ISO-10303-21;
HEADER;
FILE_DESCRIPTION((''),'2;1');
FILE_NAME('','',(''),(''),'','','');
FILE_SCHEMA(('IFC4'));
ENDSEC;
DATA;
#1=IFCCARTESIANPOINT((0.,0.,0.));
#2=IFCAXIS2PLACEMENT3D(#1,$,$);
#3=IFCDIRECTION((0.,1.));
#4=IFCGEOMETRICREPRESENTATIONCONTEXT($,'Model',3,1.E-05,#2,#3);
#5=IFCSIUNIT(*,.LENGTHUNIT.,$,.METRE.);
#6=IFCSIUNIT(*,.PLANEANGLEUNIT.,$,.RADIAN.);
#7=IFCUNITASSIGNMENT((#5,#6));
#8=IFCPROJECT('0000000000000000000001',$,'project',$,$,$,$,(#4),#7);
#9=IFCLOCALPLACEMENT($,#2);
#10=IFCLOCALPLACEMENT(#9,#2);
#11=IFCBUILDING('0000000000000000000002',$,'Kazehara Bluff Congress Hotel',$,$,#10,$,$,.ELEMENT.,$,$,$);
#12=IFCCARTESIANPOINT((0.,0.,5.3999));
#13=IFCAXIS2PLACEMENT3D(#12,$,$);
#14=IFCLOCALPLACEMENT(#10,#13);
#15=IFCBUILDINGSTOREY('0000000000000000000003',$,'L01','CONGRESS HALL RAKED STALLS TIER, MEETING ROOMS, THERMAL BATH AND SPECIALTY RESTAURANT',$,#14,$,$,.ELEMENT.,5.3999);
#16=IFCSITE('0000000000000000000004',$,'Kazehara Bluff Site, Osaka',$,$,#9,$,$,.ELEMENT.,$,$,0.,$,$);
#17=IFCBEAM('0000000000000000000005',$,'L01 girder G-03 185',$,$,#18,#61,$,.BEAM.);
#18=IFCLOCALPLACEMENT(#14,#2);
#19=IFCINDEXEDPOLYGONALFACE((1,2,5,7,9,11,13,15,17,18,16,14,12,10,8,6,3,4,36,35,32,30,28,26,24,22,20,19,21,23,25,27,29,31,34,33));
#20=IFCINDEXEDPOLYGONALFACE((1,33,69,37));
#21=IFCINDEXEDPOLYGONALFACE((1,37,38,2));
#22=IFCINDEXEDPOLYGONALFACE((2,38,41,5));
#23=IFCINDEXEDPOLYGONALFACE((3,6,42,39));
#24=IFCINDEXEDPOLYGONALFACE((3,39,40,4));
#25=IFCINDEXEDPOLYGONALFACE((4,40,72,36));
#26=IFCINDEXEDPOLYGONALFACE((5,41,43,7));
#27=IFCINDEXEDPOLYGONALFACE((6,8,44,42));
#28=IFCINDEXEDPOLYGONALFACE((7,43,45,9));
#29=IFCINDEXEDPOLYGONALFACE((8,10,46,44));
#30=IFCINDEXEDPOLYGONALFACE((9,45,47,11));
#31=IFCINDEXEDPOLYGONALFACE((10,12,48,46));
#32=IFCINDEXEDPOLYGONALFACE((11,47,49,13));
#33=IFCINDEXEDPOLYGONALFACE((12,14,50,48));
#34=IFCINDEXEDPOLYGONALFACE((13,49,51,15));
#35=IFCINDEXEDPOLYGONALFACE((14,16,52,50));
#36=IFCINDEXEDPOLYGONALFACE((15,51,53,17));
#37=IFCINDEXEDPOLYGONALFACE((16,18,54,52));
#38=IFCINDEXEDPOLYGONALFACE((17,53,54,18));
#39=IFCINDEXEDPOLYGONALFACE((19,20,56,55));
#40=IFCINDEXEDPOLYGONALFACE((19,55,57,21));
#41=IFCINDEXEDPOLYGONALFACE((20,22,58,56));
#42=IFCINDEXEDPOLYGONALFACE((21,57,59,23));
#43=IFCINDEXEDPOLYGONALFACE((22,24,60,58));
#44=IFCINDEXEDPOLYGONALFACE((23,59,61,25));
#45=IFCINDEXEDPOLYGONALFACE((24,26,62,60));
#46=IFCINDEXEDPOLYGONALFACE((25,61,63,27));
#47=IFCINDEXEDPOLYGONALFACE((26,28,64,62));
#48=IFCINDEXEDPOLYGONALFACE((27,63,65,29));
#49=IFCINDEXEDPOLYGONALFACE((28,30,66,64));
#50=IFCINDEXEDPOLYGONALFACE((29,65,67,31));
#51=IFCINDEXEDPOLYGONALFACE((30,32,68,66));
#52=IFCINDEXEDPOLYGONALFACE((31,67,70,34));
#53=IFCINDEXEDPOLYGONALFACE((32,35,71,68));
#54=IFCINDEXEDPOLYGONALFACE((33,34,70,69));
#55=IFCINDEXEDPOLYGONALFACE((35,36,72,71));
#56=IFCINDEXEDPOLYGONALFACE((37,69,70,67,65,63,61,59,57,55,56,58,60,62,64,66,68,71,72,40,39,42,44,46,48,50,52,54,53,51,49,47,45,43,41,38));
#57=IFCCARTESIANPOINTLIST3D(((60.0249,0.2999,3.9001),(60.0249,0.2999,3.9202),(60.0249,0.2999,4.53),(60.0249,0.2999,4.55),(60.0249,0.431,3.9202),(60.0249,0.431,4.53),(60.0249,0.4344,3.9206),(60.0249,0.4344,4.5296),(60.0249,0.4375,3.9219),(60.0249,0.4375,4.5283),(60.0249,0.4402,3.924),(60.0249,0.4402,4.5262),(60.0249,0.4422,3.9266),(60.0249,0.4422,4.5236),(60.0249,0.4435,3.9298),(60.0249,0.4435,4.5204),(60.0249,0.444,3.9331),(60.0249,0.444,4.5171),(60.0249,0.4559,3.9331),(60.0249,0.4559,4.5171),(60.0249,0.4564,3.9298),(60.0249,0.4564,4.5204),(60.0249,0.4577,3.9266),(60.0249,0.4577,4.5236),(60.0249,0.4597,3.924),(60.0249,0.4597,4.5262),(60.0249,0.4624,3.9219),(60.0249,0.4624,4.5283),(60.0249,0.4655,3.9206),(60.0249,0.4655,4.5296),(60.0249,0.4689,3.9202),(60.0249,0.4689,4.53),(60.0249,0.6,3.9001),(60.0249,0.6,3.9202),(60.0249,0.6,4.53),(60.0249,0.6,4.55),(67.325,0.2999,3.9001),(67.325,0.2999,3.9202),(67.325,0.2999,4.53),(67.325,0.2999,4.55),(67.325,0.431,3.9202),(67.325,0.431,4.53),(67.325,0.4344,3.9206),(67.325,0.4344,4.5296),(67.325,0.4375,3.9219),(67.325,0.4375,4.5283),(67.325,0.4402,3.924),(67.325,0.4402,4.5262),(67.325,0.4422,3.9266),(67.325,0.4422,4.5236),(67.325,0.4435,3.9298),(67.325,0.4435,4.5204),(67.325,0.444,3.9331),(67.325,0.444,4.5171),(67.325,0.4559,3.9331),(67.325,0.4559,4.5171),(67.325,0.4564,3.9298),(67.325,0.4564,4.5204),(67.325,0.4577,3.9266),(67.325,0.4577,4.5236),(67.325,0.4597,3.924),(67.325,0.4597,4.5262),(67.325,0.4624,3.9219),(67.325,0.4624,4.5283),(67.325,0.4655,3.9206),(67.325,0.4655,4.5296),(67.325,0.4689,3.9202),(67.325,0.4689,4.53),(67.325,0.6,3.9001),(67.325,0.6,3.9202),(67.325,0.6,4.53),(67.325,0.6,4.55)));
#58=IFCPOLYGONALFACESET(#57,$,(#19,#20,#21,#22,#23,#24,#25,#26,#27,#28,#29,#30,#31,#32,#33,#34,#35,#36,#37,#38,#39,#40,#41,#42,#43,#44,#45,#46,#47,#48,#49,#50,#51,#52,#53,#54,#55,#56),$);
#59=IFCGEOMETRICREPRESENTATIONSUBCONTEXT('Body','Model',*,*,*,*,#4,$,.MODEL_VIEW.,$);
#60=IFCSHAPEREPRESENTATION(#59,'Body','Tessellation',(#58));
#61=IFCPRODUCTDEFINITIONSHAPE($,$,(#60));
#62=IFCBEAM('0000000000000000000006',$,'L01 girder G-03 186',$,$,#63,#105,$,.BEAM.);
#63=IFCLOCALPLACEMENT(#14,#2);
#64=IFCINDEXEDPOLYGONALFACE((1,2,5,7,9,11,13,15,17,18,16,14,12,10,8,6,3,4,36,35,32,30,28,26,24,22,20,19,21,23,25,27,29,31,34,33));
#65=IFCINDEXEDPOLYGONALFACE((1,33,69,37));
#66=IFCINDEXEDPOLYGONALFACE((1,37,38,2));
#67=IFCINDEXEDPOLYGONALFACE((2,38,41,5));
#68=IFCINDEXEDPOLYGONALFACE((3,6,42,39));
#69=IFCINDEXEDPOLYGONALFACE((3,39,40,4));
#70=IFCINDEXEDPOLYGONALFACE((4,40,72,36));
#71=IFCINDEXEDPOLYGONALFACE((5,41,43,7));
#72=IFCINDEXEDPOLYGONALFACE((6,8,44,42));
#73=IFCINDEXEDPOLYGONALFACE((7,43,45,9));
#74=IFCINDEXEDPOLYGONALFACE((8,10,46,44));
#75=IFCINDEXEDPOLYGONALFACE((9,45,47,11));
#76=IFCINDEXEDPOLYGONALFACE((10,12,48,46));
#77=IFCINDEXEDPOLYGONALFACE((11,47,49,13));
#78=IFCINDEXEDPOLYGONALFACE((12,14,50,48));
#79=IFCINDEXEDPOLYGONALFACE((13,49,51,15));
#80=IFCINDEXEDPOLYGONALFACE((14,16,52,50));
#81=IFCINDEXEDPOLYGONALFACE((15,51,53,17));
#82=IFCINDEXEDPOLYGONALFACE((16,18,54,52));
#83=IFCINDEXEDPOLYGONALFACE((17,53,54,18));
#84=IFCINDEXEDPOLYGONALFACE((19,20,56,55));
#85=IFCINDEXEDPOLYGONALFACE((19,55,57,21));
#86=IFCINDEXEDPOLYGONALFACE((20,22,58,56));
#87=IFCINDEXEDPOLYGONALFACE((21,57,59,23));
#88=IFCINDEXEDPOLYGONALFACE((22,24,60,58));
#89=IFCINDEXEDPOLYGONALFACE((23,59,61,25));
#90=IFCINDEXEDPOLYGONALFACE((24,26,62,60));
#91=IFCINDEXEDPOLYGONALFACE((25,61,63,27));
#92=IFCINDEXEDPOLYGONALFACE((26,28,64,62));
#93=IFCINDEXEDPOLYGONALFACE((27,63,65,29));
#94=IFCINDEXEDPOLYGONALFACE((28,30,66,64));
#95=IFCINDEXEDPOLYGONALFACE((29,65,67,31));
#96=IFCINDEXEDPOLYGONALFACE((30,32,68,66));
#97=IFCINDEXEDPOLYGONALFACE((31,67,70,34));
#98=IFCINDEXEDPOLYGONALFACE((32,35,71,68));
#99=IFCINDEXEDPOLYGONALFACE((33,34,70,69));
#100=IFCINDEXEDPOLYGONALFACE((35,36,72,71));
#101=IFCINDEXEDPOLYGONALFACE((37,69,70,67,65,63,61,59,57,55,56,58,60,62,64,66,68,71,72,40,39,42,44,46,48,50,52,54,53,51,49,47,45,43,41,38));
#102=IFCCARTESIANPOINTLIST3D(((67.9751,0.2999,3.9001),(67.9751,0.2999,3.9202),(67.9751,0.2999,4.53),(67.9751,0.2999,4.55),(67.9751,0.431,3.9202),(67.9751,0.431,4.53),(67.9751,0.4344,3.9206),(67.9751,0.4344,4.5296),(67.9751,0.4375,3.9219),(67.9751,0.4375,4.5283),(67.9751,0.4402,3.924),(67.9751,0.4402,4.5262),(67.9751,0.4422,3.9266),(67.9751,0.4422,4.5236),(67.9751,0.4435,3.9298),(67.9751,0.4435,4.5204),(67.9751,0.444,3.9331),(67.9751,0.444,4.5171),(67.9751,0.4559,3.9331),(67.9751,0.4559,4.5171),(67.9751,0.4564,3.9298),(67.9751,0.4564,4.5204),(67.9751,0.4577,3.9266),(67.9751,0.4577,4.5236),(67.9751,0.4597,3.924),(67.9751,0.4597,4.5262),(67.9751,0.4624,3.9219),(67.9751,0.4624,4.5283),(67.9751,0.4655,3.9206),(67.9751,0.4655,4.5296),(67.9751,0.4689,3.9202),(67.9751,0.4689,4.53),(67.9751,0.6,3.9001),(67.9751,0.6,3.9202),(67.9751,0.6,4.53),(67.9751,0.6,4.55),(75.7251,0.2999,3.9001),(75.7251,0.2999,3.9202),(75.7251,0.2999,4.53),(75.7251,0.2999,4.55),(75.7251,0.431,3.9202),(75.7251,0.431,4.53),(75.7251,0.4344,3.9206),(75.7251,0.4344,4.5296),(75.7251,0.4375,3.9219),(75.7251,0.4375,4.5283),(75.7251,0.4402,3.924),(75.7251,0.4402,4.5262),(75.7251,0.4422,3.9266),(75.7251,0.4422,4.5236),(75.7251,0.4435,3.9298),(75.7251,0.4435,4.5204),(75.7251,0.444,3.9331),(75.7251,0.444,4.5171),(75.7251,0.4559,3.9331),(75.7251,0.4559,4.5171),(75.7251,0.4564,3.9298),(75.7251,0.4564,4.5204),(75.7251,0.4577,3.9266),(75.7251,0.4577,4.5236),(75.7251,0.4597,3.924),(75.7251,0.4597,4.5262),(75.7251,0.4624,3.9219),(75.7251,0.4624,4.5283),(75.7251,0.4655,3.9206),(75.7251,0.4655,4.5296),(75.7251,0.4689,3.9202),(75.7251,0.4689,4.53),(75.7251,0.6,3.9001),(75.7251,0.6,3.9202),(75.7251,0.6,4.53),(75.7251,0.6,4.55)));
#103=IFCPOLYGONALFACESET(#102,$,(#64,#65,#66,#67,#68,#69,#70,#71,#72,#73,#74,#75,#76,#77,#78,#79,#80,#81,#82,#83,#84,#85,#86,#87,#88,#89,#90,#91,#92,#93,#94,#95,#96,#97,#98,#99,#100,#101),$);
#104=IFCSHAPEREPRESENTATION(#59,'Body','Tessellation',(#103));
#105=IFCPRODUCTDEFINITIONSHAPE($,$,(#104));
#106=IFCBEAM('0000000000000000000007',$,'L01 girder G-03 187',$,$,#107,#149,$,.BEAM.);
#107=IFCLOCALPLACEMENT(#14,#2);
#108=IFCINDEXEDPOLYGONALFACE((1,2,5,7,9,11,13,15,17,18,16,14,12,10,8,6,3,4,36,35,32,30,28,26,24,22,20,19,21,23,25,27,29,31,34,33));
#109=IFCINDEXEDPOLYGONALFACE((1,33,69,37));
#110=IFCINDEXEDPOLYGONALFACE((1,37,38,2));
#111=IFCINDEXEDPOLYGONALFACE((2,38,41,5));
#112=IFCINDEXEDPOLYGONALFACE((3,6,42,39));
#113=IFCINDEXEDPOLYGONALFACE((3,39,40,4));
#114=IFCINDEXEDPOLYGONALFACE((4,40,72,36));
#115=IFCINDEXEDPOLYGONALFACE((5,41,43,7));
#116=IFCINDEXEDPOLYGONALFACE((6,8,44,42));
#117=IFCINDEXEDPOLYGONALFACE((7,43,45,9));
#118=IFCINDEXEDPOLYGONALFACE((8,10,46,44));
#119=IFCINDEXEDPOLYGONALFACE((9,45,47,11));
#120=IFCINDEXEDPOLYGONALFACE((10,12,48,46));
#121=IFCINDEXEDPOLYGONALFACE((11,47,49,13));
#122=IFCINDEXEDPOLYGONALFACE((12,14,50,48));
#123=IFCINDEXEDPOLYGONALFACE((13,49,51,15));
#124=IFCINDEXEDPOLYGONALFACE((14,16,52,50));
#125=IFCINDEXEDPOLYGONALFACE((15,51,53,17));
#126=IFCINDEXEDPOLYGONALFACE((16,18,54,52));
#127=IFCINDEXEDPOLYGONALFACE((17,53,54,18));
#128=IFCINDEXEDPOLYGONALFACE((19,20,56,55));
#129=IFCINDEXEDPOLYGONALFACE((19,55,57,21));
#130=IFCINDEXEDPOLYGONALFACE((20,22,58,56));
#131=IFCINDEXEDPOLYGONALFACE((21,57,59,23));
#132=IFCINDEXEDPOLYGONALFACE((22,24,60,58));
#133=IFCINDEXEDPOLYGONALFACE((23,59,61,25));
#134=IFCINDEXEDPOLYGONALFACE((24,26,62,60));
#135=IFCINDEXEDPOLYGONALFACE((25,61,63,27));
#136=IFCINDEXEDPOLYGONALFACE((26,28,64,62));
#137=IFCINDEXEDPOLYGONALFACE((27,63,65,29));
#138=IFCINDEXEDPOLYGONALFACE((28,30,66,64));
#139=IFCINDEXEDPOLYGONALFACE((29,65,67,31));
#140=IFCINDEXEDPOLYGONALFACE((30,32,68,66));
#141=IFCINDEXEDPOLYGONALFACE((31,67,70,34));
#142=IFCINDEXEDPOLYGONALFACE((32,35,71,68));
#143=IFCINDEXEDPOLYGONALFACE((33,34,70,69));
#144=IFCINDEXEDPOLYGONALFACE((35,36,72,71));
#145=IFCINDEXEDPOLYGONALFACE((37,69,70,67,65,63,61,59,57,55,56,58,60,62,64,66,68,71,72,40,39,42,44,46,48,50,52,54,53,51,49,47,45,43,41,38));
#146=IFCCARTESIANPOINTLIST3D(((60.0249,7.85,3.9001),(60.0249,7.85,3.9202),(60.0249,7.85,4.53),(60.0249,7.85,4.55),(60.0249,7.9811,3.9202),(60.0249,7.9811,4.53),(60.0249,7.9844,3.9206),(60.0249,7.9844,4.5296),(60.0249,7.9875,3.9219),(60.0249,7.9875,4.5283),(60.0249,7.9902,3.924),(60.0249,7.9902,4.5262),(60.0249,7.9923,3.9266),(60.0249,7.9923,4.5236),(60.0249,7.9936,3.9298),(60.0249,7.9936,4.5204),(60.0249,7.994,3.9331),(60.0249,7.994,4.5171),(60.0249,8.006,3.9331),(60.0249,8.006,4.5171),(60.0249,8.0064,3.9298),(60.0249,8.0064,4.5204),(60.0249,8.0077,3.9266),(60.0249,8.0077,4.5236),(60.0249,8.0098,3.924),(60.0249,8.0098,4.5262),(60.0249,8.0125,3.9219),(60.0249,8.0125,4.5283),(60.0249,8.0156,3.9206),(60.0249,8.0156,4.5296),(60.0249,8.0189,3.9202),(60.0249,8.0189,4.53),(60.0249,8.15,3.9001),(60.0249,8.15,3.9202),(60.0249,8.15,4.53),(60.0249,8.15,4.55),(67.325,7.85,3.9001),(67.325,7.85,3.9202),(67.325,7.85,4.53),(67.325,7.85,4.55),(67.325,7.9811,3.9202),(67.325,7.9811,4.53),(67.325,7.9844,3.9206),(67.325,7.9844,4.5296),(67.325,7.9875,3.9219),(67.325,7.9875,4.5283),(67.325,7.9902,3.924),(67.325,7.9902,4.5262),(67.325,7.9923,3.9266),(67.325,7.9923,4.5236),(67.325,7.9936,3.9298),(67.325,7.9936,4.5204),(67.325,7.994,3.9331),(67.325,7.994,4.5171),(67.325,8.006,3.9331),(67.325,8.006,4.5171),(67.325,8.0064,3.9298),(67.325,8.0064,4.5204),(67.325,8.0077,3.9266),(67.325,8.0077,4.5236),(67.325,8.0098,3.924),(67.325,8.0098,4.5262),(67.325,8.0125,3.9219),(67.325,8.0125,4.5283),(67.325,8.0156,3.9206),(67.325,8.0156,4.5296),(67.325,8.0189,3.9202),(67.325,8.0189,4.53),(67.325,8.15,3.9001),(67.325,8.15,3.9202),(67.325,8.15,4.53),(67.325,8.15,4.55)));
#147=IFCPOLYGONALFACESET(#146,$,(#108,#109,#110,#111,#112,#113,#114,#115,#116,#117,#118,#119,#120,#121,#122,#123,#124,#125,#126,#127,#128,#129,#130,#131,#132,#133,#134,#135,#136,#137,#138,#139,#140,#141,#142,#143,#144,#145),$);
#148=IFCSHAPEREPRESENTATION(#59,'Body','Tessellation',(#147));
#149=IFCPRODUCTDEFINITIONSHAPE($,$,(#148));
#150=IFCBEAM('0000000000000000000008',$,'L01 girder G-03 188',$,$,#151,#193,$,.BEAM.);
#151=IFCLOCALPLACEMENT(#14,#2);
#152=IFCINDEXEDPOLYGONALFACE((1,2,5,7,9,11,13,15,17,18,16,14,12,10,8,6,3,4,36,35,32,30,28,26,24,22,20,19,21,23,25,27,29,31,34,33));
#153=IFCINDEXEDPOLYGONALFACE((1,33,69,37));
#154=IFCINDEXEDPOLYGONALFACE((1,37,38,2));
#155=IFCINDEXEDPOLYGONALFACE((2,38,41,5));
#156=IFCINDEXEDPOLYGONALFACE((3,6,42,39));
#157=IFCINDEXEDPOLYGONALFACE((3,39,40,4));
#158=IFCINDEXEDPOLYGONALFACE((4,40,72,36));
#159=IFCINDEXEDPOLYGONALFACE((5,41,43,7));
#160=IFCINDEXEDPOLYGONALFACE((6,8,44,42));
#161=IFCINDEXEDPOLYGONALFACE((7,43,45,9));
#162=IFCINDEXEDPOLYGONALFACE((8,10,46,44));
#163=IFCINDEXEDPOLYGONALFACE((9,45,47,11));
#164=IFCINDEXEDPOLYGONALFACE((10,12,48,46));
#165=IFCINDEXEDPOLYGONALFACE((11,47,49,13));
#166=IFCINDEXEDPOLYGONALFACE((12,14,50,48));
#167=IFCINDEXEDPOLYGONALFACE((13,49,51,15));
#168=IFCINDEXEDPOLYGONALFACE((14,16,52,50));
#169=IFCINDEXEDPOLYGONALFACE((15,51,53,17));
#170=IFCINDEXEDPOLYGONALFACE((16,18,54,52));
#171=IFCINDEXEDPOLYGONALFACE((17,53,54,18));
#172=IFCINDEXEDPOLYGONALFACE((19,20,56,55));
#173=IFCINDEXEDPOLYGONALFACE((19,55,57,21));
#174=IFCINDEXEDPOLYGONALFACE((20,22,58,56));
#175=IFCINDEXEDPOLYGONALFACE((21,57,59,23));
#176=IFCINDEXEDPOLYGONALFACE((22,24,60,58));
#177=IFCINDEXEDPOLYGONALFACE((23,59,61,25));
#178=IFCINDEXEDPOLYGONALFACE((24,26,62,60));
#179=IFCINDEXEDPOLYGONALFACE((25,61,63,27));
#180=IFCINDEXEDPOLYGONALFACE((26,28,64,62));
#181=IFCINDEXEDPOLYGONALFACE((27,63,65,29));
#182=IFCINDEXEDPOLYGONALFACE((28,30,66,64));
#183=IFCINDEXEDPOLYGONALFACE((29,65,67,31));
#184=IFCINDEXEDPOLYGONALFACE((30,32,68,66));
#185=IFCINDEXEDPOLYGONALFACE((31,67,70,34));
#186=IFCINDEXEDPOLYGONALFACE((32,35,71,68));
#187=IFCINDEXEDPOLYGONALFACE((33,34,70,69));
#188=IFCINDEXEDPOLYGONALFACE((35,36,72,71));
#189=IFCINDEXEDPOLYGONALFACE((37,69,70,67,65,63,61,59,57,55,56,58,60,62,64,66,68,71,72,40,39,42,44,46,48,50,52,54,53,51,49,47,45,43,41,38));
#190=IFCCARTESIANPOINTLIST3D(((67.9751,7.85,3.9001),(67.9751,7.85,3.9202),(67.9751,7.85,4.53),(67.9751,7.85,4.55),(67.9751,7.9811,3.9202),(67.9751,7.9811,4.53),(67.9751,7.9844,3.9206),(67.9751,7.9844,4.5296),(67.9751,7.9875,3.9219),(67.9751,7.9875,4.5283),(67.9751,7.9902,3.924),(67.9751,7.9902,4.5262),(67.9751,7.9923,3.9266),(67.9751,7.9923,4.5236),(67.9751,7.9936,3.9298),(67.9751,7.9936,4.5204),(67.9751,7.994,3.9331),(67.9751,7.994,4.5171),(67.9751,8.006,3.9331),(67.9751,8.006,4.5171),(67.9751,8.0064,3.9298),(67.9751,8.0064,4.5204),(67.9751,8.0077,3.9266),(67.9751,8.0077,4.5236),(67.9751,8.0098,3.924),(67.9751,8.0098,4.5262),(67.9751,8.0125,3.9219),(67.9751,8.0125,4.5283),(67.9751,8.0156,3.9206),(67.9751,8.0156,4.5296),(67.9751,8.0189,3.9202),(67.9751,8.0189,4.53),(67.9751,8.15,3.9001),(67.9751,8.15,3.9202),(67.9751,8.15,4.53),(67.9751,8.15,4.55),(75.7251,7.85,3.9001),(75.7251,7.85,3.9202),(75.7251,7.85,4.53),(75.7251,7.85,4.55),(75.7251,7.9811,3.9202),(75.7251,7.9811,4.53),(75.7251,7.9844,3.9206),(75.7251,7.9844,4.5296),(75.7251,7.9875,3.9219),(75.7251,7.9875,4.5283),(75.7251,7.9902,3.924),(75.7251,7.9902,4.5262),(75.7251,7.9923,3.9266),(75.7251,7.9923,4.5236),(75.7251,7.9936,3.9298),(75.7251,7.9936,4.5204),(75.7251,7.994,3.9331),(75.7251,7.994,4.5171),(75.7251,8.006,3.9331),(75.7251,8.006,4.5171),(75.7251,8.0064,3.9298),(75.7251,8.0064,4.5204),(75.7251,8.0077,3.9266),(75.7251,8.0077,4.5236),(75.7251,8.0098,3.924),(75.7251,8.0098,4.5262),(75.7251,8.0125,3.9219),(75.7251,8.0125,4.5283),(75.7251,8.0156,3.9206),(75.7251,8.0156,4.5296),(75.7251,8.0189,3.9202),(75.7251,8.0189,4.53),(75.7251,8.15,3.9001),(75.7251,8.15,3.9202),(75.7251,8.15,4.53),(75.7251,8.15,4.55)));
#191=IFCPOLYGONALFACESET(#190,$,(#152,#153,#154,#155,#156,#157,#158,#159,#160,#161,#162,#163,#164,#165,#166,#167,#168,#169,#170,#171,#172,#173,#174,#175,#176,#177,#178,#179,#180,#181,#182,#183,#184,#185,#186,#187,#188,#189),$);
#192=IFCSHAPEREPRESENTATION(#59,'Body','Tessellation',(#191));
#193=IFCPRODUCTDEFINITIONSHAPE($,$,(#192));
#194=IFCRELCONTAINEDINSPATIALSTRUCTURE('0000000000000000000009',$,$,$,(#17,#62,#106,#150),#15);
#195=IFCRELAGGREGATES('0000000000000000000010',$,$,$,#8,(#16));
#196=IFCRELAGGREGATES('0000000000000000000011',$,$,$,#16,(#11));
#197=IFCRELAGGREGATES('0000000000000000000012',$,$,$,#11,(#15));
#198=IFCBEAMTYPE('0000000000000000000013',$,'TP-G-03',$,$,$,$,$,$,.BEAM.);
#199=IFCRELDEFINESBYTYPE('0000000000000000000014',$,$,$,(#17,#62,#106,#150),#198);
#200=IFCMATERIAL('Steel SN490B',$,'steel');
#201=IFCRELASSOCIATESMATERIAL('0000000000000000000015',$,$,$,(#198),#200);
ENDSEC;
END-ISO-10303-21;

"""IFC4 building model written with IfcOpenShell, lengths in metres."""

from ifc_helpers import new_model, si_unit, direction, frame, origin, origin_2d, place, context, subcontext, project, spatial, i_section, extrude, material, material_profile, profile_set, type_object, element, save


model = new_model("IFC4")

# Units and contexts
model_context = context("Model", 3, precision=1e-05, world=origin(), true_north=direction((0.0, 1.0)))
body_context = subcontext(model_context, "Body", "Model", "MODEL_VIEW")
ifc_project = project(units=[si_unit("LENGTHUNIT", "METRE"), si_unit("PLANEANGLEUNIT", "RADIAN")], contexts=[model_context])

# Site, building, storey
site_placement = place(None, origin())
site = spatial("IfcSite", under=ifc_project, at=site_placement, Name="Kazehara Bluff Site, Osaka", CompositionType="ELEMENT", RefElevation=0.0)
building_placement = place(site_placement, origin())
building = spatial("IfcBuilding", under=site, at=building_placement, Name="Kazehara Bluff Congress Hotel", CompositionType="ELEMENT")
storey_placement = place(building_placement, frame((0.0, 0.0, 5.3999)))
storey = spatial("IfcBuildingStorey", under=building, at=storey_placement, Name="L01", Description="CONGRESS HALL RAKED STALLS TIER, MEETING ROOMS, THERMAL BATH AND SPECIALTY RESTAURANT", CompositionType="ELEMENT", Elevation=5.3999)

# Beams
ifc_material_1 = material(Name="Steel SN490B", Category="steel")
ifc_material_profile_1 = material_profile(ifc_material_1, i_section(OverallWidth=0.3, OverallDepth=0.6499, WebThickness=0.012, FlangeThickness=0.02, FilletRadius=0.0129, at=origin_2d()))
ifc_profile_set_1 = profile_set([ifc_material_profile_1], Name="Steel SN490B")
beam_type_1 = type_object("IfcBeamType", Name="TP-G-03", PredefinedType="BEAM", material=ifc_profile_set_1)
beam_1_placement = place(storey_placement, frame((60.0249, 0.45, 4.2251), z_axis=(1.0, 0.0, 0.0), x_axis=(0.0, 1.0, 0.0)))
element("IfcBeam", 1, at=beam_1_placement, inside=storey, type_object=beam_type_1, Name="L01 girder G-03 185", PredefinedType="BEAM", context=body_context, shape_type="SweptSolid", body=[
    extrude(i_section(OverallWidth=0.3, OverallDepth=0.6499, WebThickness=0.012, FlangeThickness=0.02, FilletRadius=0.0129, at=origin_2d()), origin(), (0.0, 0.0, 1.0), 7.3),
])
beam_2_placement = place(storey_placement, frame((67.9751, 0.45, 4.2251), z_axis=(1.0, 0.0, 0.0), x_axis=(0.0, 1.0, 0.0)))
element("IfcBeam", 2, at=beam_2_placement, inside=storey, type_object=beam_type_1, Name="L01 girder G-03 186", PredefinedType="BEAM", context=body_context, shape_type="SweptSolid", body=[
    extrude(i_section(OverallWidth=0.3, OverallDepth=0.6499, WebThickness=0.012, FlangeThickness=0.02, FilletRadius=0.0129, at=origin_2d()), origin(), (0.0, 0.0, 1.0), 7.75),
])
beam_3_placement = place(storey_placement, frame((60.0249, 8.0, 4.2251), z_axis=(1.0, 0.0, 0.0), x_axis=(0.0, 1.0, 0.0)))
element("IfcBeam", 3, at=beam_3_placement, inside=storey, type_object=beam_type_1, Name="L01 girder G-03 187", PredefinedType="BEAM", context=body_context, shape_type="SweptSolid", body=[
    extrude(i_section(OverallWidth=0.3, OverallDepth=0.6499, WebThickness=0.012, FlangeThickness=0.02, FilletRadius=0.0129, at=origin_2d()), origin(), (0.0, 0.0, 1.0), 7.3),
])
beam_4_placement = place(storey_placement, frame((67.9751, 8.0, 4.2251), z_axis=(1.0, 0.0, 0.0), x_axis=(0.0, 1.0, 0.0)))
element("IfcBeam", 4, at=beam_4_placement, inside=storey, type_object=beam_type_1, Name="L01 girder G-03 188", PredefinedType="BEAM", context=body_context, shape_type="SweptSolid", body=[
    extrude(i_section(OverallWidth=0.3, OverallDepth=0.6499, WebThickness=0.012, FlangeThickness=0.02, FilletRadius=0.0129, at=origin_2d()), origin(), (0.0, 0.0, 1.0), 7.75),
])

save(model, "model.ifc")
